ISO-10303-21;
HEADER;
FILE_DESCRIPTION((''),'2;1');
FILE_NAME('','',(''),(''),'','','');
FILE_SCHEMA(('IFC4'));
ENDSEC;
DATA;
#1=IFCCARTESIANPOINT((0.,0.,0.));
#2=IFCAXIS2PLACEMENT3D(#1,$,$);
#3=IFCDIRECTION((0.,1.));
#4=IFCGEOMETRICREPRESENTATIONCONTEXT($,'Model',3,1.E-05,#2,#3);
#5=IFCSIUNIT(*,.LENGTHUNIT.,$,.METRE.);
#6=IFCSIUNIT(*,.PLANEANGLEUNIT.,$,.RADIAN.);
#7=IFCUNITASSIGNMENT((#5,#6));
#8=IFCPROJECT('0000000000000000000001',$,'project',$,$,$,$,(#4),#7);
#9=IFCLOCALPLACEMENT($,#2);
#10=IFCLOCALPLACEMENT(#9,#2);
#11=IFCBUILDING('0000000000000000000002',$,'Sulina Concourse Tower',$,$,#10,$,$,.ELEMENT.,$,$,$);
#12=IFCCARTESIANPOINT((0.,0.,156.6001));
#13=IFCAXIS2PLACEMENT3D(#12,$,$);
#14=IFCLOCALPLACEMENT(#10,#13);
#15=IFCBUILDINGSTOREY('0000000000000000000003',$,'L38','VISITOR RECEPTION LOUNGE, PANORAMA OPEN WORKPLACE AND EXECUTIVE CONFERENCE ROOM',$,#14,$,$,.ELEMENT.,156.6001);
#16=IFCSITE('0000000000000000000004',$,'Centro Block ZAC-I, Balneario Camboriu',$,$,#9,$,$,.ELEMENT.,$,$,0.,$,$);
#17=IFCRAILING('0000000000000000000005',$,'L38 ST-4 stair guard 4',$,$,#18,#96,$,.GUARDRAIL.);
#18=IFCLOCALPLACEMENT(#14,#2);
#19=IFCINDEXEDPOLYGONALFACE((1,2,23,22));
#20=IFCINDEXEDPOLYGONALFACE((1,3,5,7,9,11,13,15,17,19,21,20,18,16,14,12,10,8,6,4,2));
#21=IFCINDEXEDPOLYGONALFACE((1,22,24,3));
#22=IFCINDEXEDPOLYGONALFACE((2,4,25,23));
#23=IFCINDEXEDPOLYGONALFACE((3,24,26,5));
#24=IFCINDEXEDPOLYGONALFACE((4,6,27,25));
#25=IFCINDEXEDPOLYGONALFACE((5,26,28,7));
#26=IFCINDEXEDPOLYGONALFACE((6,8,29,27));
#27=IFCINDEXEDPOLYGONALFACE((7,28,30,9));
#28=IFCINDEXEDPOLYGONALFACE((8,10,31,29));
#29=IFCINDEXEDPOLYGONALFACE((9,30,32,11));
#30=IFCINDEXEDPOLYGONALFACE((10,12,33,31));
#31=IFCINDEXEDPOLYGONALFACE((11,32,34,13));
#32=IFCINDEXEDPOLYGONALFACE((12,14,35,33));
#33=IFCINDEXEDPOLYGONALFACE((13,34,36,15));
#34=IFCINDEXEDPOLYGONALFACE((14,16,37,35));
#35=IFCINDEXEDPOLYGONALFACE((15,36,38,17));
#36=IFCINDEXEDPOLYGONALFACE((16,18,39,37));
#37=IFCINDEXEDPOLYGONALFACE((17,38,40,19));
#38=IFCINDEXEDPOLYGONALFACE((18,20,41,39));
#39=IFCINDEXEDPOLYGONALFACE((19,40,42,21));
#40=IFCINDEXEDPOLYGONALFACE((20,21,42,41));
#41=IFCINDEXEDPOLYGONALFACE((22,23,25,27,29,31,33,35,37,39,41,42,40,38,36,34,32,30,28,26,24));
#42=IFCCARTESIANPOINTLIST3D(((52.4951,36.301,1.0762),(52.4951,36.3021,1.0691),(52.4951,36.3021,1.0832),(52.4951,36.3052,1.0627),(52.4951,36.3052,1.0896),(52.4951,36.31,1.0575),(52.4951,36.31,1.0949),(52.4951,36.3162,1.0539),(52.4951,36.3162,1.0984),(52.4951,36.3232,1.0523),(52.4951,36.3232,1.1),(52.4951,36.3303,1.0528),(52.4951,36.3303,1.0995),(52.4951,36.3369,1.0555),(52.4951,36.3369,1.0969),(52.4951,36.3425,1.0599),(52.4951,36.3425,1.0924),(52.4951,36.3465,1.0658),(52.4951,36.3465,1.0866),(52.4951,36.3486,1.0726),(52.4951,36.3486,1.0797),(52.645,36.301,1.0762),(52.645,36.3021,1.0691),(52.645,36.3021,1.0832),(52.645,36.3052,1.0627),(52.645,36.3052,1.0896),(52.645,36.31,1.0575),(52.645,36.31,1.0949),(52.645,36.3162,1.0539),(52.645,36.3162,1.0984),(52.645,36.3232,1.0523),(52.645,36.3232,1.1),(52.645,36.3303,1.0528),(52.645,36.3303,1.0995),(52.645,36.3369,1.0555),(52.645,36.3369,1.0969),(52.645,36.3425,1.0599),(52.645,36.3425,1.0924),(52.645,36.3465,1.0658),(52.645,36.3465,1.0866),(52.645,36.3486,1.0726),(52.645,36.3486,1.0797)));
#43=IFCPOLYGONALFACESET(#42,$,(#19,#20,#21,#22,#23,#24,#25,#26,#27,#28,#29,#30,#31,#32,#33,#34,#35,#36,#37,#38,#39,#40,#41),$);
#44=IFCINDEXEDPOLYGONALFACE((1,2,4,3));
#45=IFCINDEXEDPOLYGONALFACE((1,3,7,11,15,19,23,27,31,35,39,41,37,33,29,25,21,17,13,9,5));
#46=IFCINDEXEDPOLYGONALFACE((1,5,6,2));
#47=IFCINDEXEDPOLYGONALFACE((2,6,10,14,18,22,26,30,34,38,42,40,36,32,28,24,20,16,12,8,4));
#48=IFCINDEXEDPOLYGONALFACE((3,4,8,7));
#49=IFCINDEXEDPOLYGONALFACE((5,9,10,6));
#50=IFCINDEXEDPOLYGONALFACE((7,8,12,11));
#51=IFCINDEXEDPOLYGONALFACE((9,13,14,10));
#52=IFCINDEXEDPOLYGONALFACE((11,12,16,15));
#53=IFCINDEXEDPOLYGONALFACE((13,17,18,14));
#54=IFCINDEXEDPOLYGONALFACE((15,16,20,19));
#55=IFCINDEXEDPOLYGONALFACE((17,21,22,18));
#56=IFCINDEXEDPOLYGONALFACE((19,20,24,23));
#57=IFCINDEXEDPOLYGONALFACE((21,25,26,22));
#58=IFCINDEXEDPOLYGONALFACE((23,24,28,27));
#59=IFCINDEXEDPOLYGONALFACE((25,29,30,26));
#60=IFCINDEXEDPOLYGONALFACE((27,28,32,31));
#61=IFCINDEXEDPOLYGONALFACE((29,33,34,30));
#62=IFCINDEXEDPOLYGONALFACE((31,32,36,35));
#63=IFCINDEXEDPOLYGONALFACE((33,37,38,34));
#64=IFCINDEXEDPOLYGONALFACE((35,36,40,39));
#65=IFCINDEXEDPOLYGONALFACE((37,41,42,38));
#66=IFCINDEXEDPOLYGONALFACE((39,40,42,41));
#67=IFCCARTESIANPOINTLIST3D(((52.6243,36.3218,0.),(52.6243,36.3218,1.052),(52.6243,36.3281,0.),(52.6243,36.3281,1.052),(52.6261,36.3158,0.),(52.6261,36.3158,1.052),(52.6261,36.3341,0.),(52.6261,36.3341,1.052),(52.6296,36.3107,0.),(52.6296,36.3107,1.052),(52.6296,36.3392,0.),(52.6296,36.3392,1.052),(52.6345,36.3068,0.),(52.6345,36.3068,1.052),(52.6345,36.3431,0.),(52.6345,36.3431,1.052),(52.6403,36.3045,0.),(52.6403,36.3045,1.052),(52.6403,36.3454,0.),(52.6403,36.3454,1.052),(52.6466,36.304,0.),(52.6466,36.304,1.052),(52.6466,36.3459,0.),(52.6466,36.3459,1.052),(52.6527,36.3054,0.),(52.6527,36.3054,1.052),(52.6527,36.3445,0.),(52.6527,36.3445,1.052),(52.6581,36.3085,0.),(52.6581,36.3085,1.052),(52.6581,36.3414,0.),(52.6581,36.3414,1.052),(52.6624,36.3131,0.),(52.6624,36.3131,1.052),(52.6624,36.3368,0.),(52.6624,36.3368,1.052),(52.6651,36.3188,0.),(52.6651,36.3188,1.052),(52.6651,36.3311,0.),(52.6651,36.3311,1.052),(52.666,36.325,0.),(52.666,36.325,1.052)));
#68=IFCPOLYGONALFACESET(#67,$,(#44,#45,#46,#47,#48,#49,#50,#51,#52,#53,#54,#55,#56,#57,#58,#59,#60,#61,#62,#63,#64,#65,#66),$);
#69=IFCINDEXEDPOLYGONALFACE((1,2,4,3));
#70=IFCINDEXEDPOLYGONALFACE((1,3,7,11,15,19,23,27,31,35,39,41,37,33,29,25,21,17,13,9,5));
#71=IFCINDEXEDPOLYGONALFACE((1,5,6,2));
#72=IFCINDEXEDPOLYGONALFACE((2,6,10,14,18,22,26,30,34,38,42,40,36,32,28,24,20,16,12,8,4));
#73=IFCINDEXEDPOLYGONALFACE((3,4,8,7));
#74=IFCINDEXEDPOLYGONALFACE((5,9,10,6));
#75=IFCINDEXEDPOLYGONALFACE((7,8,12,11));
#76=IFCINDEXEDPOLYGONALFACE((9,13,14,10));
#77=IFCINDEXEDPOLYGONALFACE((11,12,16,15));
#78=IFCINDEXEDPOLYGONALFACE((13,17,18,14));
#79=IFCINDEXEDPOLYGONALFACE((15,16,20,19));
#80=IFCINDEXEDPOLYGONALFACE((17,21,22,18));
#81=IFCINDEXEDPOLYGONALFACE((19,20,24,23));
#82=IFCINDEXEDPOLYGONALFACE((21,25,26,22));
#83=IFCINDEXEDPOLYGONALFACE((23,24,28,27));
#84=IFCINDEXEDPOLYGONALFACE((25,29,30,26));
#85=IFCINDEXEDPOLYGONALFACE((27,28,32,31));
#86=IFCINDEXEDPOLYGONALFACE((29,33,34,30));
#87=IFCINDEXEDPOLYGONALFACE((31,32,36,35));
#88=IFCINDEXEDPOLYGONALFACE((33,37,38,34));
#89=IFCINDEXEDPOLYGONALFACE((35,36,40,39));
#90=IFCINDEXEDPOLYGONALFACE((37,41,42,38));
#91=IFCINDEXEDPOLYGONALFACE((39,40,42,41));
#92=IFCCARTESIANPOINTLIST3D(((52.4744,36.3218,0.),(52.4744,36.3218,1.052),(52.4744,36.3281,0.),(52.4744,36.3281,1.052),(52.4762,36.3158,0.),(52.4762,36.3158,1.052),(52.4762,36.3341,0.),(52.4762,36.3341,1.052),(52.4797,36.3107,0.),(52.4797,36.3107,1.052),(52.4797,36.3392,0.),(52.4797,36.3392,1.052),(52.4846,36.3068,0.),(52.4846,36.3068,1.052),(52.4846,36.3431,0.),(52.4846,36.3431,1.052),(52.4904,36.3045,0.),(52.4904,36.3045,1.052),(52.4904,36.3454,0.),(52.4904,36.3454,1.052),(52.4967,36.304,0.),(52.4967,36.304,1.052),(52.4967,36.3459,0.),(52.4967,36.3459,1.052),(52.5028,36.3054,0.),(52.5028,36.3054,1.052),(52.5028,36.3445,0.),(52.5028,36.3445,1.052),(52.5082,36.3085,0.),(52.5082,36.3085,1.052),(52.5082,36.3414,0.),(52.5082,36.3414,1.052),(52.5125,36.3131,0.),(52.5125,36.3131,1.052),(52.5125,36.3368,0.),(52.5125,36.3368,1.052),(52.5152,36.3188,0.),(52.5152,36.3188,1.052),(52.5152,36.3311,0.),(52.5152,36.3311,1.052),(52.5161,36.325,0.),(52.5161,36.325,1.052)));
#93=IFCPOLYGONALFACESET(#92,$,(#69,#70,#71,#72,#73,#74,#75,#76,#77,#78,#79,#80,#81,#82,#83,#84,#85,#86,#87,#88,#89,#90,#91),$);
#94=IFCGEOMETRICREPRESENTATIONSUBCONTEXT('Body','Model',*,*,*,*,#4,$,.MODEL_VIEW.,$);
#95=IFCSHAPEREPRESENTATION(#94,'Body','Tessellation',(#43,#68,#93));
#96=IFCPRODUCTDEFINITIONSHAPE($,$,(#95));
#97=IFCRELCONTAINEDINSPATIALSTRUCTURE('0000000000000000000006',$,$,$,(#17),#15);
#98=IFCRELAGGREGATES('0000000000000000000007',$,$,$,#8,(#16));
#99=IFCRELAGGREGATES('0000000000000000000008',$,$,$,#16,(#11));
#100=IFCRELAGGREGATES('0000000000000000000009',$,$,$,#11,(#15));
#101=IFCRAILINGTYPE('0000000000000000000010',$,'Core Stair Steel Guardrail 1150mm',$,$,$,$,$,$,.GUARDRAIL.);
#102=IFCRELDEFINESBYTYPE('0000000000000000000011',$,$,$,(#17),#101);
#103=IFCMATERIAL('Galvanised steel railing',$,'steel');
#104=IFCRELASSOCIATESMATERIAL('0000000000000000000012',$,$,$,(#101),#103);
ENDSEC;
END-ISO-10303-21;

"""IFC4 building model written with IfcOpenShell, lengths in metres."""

from ifc_helpers import new_model, si_unit, direction, frame, origin, origin_2d, place, context, subcontext, project, spatial, circle, extrude, material, type_object, element, save


model = new_model("IFC4")

# Units and contexts
model_context = context("Model", 3, precision=1e-05, world=origin(), true_north=direction((0.0, 1.0)))
body_context = subcontext(model_context, "Body", "Model", "MODEL_VIEW")
ifc_project = project(units=[si_unit("LENGTHUNIT", "METRE"), si_unit("PLANEANGLEUNIT", "RADIAN")], contexts=[model_context])

# Site, building, storey
site_placement = place(None, origin())
site = spatial("IfcSite", under=ifc_project, at=site_placement, Name="Centro Block ZAC-I, Balneario Camboriu", CompositionType="ELEMENT", RefElevation=0.0)
building_placement = place(site_placement, origin())
building = spatial("IfcBuilding", under=site, at=building_placement, Name="Sulina Concourse Tower", CompositionType="ELEMENT")
storey_placement = place(building_placement, frame((0.0, 0.0, 156.6001)))
storey = spatial("IfcBuildingStorey", under=building, at=storey_placement, Name="L38", Description="VISITOR RECEPTION LOUNGE, PANORAMA OPEN WORKPLACE AND EXECUTIVE CONFERENCE ROOM", CompositionType="ELEMENT", Elevation=156.6001)

# Railing
ifc_material_1 = material(Name="Galvanised steel railing", Category="steel")
railing_type_1 = type_object("IfcRailingType", Name="Core Stair Steel Guardrail 1150mm", PredefinedType="GUARDRAIL", material=ifc_material_1)
railing_1_placement = place(storey_placement, frame((52.645, 36.325, 0.0)))
element("IfcRailing", 1, at=railing_1_placement, inside=storey, type_object=railing_type_1, Name="L38 ST-4 stair guard 4", PredefinedType="GUARDRAIL", context=body_context, shape_type="SweptSolid", body=[
    extrude(circle(Radius=0.0239, at=origin_2d()), frame((0.0, 0.0, 1.0762), z_axis=(-1.0, 0.0, 0.0), x_axis=(0.0, -1.0, 0.0)), (0.0, 0.0, 1.0), 0.1499),
    extrude(circle(Radius=0.021, at=origin_2d()), origin(), (0.0, 0.0, 1.0), 1.052),
    extrude(circle(Radius=0.021, at=origin_2d()), frame((-0.1499, 0.0, 0.0)), (0.0, 0.0, 1.0), 1.052),
])

save(model, "model.ifc")
